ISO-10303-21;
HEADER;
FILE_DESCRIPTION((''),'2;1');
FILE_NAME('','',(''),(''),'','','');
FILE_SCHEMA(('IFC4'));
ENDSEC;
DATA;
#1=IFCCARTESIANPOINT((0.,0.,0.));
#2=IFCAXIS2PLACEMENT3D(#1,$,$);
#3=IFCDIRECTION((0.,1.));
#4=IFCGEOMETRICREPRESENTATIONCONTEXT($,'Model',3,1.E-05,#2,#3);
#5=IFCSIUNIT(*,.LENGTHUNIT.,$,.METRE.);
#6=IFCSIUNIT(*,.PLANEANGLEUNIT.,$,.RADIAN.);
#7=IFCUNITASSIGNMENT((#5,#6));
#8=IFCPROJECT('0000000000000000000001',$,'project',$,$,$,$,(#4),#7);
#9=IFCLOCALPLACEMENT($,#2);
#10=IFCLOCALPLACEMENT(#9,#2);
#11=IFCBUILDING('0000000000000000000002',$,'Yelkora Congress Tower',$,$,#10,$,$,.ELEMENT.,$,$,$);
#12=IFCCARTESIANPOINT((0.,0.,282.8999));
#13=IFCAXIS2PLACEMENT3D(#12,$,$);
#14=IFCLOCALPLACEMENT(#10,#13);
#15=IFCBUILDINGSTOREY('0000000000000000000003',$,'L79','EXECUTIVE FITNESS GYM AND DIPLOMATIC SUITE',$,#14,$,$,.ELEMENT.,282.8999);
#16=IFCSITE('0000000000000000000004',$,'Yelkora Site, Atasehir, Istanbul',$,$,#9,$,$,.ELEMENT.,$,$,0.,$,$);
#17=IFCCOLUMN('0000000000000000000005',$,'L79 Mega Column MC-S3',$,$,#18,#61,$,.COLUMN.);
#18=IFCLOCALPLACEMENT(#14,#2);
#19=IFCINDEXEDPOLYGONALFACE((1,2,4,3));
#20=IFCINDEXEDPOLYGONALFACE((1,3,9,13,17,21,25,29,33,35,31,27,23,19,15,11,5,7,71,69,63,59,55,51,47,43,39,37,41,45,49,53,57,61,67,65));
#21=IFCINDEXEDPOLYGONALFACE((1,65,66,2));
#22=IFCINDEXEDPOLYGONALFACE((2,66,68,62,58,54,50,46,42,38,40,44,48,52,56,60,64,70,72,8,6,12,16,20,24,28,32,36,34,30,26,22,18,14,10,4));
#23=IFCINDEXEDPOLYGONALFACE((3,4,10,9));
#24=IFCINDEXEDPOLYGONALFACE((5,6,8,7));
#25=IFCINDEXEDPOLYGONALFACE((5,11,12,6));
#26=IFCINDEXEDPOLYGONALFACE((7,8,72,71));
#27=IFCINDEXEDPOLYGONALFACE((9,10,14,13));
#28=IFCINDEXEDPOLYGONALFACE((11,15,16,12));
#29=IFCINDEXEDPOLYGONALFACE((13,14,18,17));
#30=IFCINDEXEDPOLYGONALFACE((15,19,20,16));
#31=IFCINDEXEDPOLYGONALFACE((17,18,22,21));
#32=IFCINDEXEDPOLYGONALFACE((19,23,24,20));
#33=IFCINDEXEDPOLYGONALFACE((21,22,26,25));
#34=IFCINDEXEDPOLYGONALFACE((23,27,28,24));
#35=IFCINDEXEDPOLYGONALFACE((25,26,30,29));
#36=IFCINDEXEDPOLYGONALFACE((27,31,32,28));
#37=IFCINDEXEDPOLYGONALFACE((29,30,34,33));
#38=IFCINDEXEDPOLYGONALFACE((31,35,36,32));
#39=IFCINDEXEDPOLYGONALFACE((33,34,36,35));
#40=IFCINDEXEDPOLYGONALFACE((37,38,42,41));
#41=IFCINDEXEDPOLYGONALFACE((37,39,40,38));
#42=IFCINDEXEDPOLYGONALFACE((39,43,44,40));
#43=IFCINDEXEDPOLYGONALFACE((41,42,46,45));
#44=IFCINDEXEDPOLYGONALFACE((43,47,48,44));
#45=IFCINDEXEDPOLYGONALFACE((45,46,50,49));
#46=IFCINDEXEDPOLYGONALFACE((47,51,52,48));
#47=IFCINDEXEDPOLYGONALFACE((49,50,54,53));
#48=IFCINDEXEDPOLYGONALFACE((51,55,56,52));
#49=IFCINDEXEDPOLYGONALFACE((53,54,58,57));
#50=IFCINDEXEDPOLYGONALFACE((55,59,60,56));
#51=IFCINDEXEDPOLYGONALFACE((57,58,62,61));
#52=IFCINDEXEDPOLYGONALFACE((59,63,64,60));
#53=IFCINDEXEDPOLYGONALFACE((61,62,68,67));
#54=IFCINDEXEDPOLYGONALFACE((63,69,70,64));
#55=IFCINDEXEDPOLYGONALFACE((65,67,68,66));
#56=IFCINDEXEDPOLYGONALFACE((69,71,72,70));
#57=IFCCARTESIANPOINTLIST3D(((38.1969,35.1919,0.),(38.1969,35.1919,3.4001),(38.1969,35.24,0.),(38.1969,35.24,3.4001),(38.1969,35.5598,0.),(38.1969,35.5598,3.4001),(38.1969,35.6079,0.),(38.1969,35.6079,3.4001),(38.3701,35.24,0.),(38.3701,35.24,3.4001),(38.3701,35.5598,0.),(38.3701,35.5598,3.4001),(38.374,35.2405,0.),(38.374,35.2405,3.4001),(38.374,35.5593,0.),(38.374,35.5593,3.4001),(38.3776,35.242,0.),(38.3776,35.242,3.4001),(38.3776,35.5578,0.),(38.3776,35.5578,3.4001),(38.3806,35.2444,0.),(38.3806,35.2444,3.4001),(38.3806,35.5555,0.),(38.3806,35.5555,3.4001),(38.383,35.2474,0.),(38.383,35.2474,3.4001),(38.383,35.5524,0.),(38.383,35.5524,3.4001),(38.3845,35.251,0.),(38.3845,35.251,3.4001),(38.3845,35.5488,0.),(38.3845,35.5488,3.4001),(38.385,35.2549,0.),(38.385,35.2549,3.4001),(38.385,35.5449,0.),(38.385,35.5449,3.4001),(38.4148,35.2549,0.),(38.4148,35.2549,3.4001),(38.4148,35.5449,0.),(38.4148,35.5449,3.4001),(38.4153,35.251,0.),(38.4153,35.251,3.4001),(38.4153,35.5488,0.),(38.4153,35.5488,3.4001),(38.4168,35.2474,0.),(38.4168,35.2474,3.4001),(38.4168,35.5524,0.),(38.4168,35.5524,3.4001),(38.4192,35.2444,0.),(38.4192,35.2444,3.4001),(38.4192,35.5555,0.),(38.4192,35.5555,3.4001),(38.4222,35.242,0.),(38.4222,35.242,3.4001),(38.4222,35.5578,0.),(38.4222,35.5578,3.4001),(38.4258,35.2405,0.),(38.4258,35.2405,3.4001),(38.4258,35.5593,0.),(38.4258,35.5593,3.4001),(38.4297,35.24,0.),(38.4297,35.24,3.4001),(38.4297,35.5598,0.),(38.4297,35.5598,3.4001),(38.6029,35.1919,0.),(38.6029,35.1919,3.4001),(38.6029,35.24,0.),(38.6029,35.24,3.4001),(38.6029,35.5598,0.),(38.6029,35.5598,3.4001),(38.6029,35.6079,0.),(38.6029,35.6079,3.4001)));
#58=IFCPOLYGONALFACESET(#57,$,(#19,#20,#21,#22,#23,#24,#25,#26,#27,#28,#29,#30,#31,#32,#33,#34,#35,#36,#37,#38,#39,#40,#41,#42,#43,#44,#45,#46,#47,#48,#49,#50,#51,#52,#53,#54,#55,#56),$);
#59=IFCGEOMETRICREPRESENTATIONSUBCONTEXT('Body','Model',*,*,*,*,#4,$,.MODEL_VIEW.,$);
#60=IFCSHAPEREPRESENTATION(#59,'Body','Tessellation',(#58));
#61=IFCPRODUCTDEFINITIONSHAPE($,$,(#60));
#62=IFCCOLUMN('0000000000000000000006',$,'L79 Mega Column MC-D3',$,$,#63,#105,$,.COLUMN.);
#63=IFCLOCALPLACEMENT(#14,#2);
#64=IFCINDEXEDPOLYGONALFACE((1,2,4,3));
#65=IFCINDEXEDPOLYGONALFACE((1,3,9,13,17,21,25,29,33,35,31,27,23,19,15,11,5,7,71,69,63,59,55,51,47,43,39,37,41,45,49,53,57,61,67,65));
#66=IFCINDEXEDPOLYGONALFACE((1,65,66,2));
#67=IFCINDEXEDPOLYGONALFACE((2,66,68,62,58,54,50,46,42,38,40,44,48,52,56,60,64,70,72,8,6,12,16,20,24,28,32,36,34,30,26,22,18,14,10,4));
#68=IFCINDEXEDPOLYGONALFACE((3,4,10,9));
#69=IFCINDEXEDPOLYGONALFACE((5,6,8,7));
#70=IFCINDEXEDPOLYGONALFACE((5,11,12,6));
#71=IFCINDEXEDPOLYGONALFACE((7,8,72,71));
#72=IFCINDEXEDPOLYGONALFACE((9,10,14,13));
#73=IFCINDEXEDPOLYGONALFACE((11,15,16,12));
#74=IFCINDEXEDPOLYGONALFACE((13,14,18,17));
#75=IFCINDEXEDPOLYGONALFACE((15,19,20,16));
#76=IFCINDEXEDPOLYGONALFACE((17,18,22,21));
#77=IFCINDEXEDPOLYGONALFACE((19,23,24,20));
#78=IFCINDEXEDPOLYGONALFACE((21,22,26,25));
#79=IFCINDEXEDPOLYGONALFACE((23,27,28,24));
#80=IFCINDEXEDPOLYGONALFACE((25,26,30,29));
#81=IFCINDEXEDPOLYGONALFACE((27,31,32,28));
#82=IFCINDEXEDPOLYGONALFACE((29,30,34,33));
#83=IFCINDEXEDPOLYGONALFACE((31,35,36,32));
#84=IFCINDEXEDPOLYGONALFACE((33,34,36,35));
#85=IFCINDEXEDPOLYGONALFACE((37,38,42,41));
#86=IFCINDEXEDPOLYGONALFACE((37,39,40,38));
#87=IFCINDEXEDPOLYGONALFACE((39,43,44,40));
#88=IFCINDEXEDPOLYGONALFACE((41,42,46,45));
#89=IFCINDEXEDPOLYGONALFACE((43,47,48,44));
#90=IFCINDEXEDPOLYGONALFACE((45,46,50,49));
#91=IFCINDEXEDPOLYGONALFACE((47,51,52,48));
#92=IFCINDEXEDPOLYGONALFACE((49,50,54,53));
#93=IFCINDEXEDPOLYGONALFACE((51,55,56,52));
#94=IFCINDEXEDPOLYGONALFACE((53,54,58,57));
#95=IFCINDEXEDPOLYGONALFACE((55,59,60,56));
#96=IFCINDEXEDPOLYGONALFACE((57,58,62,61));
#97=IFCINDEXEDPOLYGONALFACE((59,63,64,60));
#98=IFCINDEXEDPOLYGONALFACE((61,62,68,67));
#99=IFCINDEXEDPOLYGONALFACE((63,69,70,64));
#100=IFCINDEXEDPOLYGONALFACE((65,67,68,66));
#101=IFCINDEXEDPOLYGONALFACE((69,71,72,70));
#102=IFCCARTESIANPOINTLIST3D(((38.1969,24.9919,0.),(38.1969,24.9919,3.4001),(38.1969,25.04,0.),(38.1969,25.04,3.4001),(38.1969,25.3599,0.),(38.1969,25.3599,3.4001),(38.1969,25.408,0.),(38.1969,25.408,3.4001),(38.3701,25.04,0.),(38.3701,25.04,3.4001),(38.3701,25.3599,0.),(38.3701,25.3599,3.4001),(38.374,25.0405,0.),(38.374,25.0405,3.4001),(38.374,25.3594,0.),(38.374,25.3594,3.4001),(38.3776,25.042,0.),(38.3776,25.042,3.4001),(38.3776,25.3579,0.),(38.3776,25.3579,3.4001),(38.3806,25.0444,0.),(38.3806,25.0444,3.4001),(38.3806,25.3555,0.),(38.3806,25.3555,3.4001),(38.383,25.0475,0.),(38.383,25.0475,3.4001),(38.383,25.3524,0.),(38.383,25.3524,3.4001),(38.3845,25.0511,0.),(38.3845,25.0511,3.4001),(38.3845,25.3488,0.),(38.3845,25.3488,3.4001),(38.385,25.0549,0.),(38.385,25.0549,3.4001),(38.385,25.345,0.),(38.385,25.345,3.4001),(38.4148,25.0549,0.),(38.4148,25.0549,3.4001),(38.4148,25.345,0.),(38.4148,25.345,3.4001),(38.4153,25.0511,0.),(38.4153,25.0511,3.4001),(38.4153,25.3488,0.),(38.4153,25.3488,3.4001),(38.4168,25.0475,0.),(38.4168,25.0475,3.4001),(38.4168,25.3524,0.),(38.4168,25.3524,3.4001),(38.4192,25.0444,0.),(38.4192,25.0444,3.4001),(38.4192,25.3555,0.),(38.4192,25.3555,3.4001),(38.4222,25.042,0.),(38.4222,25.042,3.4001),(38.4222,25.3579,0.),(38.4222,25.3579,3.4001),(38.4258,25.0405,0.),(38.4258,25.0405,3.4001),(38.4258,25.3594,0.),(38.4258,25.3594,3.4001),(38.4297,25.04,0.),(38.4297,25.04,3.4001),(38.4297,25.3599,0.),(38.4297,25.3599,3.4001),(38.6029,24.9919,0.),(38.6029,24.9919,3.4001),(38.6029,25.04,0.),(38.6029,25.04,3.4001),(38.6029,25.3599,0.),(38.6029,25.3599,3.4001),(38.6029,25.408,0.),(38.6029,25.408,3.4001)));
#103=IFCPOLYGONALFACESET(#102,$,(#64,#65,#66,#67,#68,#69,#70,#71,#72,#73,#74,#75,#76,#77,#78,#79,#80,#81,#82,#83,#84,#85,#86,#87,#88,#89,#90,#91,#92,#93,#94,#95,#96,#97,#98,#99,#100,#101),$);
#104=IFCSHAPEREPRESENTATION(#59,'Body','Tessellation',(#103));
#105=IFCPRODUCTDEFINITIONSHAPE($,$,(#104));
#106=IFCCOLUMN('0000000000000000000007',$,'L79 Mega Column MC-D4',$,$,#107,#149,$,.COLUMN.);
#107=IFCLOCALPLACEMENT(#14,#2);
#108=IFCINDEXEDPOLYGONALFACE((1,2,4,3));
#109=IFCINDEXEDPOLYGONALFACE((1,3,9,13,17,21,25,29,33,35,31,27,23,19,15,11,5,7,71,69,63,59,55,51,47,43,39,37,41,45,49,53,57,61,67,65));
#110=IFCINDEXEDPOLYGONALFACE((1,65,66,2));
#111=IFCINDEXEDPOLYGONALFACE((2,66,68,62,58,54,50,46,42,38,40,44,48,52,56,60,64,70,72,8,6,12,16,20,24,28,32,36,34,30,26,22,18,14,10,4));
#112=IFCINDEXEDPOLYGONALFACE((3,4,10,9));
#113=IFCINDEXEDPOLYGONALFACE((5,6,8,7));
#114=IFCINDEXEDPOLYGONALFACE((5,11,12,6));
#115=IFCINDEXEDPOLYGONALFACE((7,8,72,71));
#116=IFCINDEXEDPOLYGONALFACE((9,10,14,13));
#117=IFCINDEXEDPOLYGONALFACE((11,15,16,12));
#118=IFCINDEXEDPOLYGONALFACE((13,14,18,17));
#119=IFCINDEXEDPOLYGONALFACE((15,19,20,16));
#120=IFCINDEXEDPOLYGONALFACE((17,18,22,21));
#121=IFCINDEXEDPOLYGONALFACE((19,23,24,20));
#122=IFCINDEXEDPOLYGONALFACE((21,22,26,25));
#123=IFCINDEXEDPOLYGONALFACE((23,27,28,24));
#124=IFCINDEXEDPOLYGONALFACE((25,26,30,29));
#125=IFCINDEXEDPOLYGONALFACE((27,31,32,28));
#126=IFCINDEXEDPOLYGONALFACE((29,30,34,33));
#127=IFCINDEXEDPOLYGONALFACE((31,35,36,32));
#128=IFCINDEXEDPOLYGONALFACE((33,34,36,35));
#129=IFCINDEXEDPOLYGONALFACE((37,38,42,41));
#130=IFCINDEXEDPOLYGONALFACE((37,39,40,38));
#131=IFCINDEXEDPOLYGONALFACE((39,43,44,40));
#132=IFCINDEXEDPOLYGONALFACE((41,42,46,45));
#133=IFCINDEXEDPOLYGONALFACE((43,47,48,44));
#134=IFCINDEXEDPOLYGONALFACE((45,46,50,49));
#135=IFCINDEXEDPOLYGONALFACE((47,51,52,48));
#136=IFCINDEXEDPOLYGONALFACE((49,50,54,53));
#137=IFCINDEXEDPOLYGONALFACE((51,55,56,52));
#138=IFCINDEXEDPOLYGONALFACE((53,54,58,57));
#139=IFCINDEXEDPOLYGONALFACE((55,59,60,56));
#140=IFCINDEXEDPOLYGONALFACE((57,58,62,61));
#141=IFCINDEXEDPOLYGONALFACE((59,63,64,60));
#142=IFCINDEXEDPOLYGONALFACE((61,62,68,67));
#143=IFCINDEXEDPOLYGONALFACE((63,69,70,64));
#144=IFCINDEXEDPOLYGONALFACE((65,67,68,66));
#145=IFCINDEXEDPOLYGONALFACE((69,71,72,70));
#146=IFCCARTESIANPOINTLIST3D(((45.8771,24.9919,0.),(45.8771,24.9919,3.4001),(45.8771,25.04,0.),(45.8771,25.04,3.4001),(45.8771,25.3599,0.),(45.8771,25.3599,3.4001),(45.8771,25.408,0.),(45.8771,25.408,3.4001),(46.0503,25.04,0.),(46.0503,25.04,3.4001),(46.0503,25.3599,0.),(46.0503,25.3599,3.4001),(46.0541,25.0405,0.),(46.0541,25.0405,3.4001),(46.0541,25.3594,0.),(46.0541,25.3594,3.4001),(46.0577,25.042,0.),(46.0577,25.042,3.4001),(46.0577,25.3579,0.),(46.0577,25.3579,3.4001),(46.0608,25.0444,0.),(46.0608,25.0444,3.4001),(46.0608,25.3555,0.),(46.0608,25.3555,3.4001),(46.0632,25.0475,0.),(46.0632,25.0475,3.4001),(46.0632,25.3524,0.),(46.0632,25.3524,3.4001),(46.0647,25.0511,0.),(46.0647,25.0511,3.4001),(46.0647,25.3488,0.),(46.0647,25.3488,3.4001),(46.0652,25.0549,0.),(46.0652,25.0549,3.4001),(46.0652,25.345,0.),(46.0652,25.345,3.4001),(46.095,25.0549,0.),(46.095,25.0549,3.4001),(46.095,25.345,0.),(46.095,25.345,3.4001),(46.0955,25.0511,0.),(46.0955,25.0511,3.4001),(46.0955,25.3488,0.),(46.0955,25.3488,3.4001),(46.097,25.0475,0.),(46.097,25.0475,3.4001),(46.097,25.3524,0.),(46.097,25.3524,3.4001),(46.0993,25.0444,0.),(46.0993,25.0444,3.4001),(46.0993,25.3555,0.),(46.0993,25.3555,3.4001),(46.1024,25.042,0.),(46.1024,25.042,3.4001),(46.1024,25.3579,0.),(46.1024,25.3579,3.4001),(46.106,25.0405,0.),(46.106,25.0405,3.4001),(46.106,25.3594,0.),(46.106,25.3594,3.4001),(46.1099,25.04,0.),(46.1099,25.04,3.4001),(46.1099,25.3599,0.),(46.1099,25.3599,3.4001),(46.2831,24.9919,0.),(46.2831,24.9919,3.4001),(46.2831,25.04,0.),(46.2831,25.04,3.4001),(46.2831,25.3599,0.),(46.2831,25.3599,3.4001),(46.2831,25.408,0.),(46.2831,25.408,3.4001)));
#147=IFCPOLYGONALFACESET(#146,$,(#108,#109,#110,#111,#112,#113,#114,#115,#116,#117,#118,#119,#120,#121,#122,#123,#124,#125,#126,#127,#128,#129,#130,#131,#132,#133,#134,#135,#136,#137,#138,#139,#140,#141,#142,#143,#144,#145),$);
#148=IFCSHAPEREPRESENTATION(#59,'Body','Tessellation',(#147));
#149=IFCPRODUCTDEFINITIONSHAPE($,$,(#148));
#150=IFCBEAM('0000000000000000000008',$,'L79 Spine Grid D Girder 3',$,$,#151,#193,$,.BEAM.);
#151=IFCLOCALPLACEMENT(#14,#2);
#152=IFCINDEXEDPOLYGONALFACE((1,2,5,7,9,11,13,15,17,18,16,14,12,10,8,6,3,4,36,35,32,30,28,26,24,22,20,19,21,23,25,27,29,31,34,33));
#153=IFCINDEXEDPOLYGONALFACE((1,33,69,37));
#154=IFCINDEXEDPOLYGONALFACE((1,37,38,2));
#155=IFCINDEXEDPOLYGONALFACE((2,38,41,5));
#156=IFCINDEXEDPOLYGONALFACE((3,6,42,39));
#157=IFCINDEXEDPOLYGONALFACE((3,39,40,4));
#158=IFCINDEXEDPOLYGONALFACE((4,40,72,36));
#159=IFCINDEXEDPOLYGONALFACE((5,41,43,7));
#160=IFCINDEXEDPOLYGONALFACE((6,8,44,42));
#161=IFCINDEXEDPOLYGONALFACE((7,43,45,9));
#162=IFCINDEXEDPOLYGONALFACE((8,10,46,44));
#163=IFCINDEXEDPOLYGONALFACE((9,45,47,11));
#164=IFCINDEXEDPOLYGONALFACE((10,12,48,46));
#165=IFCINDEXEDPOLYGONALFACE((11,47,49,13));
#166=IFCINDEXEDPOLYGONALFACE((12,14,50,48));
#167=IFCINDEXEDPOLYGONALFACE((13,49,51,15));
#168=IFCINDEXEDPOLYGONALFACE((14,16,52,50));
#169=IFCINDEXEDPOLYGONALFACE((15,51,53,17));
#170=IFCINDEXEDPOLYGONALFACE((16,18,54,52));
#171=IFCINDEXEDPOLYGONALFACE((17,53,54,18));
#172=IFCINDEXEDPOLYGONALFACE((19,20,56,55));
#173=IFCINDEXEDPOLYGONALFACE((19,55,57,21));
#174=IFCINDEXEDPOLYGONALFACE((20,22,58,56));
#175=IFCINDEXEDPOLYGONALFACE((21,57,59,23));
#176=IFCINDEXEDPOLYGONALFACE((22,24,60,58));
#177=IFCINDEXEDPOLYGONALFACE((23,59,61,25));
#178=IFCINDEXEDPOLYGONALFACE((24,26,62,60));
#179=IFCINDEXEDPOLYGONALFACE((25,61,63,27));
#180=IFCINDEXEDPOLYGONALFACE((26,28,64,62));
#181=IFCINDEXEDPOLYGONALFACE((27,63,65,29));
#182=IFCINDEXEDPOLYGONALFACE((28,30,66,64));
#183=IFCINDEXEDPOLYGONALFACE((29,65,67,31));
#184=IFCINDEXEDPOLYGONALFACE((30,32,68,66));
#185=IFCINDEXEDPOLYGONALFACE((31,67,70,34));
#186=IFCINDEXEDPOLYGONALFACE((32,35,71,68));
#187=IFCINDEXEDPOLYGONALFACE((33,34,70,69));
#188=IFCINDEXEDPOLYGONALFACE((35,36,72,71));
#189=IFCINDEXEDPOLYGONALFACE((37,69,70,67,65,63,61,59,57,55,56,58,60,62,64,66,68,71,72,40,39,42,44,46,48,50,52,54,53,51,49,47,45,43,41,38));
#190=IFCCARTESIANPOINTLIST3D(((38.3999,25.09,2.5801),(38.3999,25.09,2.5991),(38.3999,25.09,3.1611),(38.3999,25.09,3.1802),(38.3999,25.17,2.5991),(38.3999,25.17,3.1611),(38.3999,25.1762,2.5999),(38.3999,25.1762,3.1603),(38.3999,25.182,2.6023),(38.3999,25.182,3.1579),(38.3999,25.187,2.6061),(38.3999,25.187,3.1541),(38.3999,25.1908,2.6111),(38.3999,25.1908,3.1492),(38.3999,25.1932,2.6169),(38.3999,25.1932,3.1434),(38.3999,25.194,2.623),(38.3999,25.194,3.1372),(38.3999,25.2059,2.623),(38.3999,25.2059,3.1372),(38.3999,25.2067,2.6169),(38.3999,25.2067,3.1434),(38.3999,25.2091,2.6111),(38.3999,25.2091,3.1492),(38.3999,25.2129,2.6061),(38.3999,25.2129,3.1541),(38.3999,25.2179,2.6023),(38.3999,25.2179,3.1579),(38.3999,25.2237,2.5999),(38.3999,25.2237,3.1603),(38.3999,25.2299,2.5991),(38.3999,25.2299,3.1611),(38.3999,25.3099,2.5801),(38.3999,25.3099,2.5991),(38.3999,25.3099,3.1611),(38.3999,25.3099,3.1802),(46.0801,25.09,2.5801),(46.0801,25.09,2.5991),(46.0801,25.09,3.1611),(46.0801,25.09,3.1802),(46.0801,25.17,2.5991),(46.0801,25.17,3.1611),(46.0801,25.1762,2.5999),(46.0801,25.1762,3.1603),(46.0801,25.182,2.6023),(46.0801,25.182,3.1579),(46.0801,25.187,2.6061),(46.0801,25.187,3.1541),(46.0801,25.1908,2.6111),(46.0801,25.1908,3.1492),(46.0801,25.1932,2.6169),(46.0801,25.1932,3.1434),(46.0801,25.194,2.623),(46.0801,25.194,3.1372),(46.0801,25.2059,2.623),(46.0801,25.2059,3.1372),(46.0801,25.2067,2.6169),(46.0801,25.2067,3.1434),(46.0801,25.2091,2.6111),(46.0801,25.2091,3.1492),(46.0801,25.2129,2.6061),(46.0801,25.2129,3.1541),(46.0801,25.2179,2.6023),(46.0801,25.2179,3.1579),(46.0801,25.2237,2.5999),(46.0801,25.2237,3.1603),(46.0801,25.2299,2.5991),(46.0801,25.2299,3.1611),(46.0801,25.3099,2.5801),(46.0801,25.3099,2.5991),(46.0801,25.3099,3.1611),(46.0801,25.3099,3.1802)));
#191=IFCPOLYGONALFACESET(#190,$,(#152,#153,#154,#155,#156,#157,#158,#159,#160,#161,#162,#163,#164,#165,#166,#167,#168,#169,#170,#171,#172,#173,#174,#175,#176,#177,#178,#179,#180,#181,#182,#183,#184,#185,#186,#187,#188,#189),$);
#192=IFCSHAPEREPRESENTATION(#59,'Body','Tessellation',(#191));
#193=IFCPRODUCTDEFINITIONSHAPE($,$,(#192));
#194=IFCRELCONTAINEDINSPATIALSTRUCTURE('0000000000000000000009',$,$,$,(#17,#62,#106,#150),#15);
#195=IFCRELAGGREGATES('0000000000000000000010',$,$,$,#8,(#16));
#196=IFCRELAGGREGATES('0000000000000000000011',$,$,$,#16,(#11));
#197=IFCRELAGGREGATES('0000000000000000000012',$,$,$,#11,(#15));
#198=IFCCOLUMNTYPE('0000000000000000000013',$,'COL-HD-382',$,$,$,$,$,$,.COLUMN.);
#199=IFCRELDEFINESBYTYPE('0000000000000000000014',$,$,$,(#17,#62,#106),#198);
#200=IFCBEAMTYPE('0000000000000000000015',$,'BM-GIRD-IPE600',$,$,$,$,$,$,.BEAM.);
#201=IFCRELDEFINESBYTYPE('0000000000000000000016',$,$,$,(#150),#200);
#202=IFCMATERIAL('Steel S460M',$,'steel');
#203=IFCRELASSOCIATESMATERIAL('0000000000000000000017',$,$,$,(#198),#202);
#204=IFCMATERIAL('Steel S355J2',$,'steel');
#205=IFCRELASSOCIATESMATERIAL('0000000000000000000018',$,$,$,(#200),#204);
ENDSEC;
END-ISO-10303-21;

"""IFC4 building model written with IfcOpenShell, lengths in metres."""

from ifc_helpers import new_model, si_unit, direction, frame, origin, origin_2d, place, context, subcontext, project, spatial, i_section, extrude, material, material_profile, profile_set, type_object, element, save


model = new_model("IFC4")

# Units and contexts
model_context = context("Model", 3, precision=1e-05, world=origin(), true_north=direction((0.0, 1.0)))
body_context = subcontext(model_context, "Body", "Model", "MODEL_VIEW")
ifc_project = project(units=[si_unit("LENGTHUNIT", "METRE"), si_unit("PLANEANGLEUNIT", "RADIAN")], contexts=[model_context])

# Site, building, storey
site_placement = place(None, origin())
site = spatial("IfcSite", under=ifc_project, at=site_placement, Name="Yelkora Site, Atasehir, Istanbul", CompositionType="ELEMENT", RefElevation=0.0)
building_placement = place(site_placement, origin())
building = spatial("IfcBuilding", under=site, at=building_placement, Name="Yelkora Congress Tower", CompositionType="ELEMENT")
storey_placement = place(building_placement, frame((0.0, 0.0, 282.8999)))
storey = spatial("IfcBuildingStorey", under=building, at=storey_placement, Name="L79", Description="EXECUTIVE FITNESS GYM AND DIPLOMATIC SUITE", CompositionType="ELEMENT", Elevation=282.8999)

# Columns
ifc_material_1 = material(Name="Steel S460M", Category="steel")
ifc_material_profile_1 = material_profile(ifc_material_1, i_section(OverallWidth=0.406, OverallDepth=0.416, WebThickness=0.0298, FlangeThickness=0.0481, FilletRadius=0.0149, at=origin_2d()), Name="HD 400x382")
ifc_profile_set_1 = profile_set([ifc_material_profile_1], Name="Steel S460M")
column_type = type_object("IfcColumnType", Name="COL-HD-382", PredefinedType="COLUMN", material=ifc_profile_set_1)
for number, where, z_axis, x_axis, name in (
    (1, (38.3999, 35.3999, 0.0), (0.0, 0.0, 1.0), (1.0, 0.0, 0.0), "L79 Mega Column MC-S3"),
    (2, (38.3999, 25.2, 0.0), (0.0, 0.0, 1.0), (1.0, 0.0, 0.0), "L79 Mega Column MC-D3"),
    (3, (46.0801, 25.2, 0.0), (0.0, 0.0, 1.0), (1.0, 0.0, 0.0), "L79 Mega Column MC-D4"),
):
    element("IfcColumn", number, at=place(storey_placement, frame(where, z_axis=z_axis, x_axis=x_axis)), inside=storey, type_object=column_type, Name=name, PredefinedType="COLUMN", context=body_context, shape_type="SweptSolid", body=[
        extrude(i_section(OverallWidth=0.406, OverallDepth=0.416, WebThickness=0.0298, FlangeThickness=0.0481, FilletRadius=0.0149, at=origin_2d()), origin(), (0.0, 0.0, 1.0), 3.4001),
    ])

# Beam
ifc_material_2 = material(Name="Steel S355J2", Category="steel")
ifc_material_profile_2 = material_profile(ifc_material_2, i_section(OverallWidth=0.22, OverallDepth=0.6001, WebThickness=0.012, FlangeThickness=0.019, FilletRadius=0.0239, at=origin_2d()), Name="IPE 600")
ifc_profile_set_2 = profile_set([ifc_material_profile_2], Name="Steel S355J2")
beam_type_1 = type_object("IfcBeamType", Name="BM-GIRD-IPE600", PredefinedType="BEAM", material=ifc_profile_set_2)
beam_1_placement = place(storey_placement, frame((38.3999, 25.2, 2.8801), z_axis=(1.0, 0.0, 0.0), x_axis=(0.0, 1.0, 0.0)))
element("IfcBeam", 4, at=beam_1_placement, inside=storey, type_object=beam_type_1, Name="L79 Spine Grid D Girder 3", PredefinedType="BEAM", context=body_context, shape_type="SweptSolid", body=[
    extrude(i_section(OverallWidth=0.22, OverallDepth=0.6001, WebThickness=0.012, FlangeThickness=0.019, FilletRadius=0.0239, at=origin_2d()), origin(), (0.0, 0.0, 1.0), 7.6802),
])

save(model, "model.ifc")
